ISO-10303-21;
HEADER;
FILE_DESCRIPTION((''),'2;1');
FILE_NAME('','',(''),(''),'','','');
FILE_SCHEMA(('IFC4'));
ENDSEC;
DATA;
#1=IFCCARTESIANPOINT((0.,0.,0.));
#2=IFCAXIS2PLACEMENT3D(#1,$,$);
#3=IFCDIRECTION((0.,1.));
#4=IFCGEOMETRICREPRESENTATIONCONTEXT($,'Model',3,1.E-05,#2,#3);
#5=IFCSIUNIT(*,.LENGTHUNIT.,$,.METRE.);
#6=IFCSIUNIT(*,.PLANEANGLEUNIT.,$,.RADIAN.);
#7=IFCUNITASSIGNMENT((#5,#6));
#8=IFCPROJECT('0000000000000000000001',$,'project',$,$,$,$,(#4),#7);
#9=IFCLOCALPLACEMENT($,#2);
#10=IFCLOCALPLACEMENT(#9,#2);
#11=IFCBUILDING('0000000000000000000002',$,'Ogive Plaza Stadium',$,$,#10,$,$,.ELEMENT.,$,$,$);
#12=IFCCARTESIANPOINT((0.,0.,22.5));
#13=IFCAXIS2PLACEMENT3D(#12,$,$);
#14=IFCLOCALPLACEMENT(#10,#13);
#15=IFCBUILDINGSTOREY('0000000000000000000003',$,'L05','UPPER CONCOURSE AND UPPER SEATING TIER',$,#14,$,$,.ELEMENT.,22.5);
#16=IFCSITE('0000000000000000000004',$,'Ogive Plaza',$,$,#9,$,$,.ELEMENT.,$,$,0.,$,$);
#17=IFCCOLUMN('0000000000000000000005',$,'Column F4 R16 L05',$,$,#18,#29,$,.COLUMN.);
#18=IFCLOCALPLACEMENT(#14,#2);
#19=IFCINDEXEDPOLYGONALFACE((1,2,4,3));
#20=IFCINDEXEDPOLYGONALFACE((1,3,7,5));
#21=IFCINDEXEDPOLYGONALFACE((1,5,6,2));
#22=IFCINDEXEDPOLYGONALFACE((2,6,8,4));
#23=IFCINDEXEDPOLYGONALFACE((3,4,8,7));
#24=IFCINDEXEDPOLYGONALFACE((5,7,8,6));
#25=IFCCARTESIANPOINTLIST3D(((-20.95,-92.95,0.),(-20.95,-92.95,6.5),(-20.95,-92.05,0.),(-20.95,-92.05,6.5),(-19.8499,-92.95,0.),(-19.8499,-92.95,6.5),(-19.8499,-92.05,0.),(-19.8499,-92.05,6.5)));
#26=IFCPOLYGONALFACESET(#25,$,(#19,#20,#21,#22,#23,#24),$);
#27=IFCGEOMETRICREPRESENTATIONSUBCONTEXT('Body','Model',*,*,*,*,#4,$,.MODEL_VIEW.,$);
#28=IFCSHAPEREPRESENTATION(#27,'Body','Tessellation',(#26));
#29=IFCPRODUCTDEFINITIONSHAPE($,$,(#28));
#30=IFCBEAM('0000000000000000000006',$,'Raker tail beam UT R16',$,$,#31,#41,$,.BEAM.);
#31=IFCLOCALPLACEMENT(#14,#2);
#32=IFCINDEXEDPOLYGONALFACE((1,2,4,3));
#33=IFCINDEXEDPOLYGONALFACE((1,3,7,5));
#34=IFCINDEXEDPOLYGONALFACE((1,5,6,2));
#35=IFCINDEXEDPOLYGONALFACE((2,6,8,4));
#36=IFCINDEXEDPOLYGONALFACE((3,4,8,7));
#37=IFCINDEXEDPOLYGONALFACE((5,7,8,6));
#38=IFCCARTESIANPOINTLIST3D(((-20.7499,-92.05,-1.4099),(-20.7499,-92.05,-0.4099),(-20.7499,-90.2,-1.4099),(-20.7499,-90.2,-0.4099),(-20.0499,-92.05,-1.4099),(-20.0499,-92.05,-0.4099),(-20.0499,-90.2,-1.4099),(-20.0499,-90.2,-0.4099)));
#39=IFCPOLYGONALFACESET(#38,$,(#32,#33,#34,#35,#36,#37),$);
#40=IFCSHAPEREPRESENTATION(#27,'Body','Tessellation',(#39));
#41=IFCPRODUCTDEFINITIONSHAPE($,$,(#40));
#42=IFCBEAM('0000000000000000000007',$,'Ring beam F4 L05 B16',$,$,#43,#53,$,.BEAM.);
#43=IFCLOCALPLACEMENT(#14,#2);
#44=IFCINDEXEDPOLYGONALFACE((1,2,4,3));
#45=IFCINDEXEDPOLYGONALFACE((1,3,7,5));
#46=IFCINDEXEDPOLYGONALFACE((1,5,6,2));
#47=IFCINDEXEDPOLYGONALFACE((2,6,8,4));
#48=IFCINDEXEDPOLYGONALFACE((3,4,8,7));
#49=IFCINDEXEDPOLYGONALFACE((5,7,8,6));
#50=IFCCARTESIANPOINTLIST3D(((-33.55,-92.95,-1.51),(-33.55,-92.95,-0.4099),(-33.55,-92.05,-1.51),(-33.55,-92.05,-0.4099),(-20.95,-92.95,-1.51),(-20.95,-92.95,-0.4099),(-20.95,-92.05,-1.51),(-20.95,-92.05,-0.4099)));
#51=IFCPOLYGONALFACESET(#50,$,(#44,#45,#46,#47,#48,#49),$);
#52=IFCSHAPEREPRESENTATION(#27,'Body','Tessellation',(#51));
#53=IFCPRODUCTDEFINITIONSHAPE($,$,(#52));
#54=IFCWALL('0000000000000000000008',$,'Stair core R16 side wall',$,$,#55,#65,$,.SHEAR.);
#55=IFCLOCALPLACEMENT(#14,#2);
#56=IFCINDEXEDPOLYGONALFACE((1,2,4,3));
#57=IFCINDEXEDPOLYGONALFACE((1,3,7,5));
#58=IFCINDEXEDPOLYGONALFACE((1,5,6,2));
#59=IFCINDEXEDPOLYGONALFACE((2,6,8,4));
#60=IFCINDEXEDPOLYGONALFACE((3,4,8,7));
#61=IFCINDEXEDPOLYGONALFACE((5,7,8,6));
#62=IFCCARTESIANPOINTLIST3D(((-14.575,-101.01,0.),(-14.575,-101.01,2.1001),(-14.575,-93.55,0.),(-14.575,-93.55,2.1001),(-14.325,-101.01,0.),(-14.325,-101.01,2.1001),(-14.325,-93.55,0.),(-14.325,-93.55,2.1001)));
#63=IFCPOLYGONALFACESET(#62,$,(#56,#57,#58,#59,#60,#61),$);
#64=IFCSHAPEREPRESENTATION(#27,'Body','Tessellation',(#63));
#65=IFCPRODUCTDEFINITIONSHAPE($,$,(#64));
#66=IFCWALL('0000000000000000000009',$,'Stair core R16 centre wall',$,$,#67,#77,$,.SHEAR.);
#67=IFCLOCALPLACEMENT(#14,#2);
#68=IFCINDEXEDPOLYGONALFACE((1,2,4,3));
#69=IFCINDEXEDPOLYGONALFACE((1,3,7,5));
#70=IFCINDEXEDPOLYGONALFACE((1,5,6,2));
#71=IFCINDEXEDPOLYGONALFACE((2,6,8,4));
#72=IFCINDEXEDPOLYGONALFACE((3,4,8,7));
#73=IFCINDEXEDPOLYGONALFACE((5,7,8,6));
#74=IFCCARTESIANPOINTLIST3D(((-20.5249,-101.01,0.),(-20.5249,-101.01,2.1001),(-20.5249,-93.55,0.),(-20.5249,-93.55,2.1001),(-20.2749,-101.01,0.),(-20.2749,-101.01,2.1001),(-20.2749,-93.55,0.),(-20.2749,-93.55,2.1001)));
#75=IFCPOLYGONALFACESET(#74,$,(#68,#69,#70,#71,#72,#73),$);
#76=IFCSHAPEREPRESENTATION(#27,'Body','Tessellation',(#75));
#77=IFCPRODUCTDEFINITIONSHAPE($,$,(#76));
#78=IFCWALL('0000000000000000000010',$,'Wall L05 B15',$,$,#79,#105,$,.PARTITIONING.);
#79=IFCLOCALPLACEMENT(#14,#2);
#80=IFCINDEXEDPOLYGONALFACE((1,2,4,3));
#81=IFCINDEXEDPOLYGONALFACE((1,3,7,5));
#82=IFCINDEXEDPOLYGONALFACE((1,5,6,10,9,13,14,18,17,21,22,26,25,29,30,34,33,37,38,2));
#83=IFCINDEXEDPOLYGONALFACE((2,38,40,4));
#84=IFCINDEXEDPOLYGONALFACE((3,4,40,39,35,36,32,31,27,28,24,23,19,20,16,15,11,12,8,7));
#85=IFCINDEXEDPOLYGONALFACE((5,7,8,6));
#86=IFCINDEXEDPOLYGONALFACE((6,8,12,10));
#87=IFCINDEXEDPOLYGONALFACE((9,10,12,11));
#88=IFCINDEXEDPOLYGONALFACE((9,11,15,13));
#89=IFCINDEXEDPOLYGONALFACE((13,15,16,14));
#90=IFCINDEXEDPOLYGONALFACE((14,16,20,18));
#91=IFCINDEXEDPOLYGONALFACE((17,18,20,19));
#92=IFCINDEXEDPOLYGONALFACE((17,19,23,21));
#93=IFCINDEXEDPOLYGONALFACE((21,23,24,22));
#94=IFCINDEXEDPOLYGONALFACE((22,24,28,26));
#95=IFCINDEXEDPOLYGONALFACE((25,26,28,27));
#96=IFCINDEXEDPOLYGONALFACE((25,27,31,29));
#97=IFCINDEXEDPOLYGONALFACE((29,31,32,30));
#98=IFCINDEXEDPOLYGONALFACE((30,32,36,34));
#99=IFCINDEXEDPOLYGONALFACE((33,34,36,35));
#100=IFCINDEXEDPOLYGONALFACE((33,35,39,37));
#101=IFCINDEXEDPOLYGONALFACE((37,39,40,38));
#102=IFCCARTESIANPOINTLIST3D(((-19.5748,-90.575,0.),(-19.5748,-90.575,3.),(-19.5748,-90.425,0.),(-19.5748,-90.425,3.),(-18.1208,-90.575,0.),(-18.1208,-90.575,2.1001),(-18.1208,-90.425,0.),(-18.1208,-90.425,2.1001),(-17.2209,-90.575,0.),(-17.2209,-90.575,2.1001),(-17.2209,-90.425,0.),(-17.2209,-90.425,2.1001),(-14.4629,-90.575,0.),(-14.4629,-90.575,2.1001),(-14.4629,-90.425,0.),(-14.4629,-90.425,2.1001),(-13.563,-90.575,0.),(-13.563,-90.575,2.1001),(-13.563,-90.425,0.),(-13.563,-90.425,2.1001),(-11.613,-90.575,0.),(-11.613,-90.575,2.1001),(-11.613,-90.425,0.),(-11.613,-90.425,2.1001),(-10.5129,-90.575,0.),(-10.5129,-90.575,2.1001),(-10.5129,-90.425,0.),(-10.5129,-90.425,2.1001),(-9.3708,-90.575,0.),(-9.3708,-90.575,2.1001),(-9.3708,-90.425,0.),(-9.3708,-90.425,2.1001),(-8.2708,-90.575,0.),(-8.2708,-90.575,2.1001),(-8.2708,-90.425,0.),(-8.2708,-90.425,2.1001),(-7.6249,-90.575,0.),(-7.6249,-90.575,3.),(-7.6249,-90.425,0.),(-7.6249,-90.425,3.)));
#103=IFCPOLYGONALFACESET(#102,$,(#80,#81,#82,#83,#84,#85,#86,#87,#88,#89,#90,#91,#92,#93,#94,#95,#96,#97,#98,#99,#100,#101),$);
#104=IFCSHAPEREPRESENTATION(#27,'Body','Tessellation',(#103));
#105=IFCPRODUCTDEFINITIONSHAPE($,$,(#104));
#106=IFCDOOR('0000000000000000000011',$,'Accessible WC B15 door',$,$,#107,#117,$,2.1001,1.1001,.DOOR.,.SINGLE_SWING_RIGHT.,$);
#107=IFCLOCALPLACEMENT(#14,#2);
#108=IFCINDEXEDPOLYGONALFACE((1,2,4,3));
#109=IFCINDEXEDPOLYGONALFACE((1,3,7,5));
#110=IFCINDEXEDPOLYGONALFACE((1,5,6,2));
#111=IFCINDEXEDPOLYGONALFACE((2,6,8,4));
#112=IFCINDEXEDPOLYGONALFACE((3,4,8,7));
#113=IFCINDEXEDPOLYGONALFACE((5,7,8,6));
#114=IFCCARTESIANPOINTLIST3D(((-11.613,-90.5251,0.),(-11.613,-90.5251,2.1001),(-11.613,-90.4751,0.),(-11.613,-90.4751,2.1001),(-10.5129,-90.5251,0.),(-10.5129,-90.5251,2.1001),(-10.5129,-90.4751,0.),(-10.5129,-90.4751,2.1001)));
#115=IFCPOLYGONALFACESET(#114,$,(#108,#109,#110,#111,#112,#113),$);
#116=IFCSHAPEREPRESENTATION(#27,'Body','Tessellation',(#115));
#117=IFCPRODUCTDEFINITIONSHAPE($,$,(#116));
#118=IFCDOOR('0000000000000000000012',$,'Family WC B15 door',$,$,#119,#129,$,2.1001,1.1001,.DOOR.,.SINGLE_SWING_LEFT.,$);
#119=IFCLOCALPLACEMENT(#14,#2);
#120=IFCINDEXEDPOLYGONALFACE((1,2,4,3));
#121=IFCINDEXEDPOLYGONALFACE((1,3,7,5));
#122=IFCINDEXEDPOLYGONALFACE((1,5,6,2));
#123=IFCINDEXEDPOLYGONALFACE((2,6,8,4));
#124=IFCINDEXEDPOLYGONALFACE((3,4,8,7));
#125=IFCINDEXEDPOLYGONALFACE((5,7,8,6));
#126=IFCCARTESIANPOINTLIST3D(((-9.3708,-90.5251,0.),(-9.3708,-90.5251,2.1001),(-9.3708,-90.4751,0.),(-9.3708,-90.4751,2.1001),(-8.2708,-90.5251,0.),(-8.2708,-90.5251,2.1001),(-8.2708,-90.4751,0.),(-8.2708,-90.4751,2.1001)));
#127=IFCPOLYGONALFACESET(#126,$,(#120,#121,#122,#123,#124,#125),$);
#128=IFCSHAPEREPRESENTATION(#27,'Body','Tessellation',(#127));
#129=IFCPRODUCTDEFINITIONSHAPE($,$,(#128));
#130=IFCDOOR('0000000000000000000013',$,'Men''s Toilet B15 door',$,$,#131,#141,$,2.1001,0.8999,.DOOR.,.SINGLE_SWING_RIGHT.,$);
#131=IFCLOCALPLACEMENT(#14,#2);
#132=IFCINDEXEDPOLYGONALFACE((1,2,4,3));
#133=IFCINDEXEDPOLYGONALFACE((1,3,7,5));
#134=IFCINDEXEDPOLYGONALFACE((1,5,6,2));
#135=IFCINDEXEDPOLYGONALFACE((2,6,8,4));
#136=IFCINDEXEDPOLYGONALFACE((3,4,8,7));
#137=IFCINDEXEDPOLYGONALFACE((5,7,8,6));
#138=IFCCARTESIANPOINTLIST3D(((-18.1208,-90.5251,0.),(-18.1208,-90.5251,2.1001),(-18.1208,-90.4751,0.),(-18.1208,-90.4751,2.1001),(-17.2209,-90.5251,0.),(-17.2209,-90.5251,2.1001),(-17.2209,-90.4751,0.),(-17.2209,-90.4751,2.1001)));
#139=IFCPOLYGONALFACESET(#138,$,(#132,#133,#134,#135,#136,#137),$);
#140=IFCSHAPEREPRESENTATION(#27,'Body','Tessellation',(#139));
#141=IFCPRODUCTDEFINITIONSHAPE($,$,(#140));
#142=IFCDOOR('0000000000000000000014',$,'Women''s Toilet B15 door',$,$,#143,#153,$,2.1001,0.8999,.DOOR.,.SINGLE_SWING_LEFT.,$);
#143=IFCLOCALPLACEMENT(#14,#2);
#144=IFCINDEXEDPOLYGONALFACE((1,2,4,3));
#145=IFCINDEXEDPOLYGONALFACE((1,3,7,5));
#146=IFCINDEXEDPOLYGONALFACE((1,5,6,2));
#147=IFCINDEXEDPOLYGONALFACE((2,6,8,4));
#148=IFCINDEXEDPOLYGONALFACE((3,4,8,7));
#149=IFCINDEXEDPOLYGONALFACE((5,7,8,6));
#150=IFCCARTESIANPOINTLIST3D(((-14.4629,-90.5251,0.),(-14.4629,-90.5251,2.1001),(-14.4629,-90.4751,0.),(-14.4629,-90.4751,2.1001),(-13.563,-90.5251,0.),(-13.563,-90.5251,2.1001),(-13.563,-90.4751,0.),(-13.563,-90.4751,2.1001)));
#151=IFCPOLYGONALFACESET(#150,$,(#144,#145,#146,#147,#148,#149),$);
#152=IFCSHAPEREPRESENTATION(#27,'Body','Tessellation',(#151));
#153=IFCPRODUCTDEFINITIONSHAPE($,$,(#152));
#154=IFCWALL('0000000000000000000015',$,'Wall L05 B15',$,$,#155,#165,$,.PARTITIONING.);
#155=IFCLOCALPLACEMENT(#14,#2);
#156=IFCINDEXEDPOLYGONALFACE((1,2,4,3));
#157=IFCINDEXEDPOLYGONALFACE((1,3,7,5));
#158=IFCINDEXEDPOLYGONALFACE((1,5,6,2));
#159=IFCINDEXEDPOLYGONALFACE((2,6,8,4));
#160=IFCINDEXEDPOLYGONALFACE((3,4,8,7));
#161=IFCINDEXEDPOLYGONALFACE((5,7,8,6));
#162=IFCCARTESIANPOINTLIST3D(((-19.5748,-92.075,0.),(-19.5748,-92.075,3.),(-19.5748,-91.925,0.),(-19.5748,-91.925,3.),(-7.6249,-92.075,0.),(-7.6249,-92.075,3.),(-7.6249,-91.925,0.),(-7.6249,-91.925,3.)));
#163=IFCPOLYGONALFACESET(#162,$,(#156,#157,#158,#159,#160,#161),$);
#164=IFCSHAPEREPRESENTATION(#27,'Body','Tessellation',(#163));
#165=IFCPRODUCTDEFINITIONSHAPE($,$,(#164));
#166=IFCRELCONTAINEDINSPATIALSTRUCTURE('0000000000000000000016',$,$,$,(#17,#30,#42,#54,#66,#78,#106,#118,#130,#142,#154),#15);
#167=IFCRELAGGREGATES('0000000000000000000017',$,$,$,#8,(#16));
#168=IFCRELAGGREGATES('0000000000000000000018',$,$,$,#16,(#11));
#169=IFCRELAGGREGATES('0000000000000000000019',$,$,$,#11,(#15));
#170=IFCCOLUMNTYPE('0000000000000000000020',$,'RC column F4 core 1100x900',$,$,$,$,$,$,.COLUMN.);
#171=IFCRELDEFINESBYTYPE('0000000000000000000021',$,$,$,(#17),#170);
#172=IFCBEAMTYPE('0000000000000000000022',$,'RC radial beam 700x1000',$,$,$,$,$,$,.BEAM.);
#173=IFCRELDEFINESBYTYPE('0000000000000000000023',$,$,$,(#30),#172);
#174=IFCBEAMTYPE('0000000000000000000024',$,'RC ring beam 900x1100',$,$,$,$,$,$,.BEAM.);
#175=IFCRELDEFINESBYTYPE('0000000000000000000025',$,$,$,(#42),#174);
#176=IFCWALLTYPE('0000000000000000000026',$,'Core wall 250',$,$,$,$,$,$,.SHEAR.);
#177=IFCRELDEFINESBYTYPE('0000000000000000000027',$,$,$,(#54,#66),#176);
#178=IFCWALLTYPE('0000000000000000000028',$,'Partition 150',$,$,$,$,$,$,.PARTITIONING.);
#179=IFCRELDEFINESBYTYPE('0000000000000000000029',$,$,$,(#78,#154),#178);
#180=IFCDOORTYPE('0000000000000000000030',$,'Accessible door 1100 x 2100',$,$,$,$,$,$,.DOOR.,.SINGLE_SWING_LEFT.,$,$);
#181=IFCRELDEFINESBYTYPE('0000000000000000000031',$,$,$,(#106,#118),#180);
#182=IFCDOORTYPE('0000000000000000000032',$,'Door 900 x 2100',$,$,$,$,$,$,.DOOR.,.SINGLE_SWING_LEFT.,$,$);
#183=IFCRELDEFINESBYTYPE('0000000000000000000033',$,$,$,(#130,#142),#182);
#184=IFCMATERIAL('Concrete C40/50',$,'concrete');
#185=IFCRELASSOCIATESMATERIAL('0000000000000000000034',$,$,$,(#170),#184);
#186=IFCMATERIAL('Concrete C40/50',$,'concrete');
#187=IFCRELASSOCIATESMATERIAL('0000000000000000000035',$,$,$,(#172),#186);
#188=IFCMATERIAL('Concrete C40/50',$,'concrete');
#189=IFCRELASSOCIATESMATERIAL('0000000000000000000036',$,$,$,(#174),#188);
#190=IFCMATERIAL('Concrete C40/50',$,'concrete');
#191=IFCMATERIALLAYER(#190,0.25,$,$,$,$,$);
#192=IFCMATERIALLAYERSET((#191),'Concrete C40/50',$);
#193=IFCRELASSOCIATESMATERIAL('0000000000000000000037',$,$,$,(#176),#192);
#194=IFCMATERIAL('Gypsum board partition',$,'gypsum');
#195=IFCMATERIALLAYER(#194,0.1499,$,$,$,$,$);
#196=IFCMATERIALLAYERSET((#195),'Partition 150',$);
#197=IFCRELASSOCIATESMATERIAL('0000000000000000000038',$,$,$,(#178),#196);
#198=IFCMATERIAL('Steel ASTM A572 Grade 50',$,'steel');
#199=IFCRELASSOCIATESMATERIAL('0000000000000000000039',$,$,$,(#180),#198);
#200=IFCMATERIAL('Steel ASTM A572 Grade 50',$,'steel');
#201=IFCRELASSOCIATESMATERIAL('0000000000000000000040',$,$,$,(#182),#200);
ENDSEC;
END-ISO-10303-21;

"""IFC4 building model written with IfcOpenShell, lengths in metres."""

from ifc_helpers import new_model, si_unit, direction, frame, frame_2d, origin, origin_2d, place, context, subcontext, project, spatial, rectangle, extrude, material, layer, layer_set, material_profile, profile_set, type_object, element, fill, save


model = new_model("IFC4")

# Units and contexts
model_context = context("Model", 3, precision=1e-05, world=origin(), true_north=direction((0.0, 1.0)))
body_context = subcontext(model_context, "Body", "Model", "MODEL_VIEW")
ifc_project = project(units=[si_unit("LENGTHUNIT", "METRE"), si_unit("PLANEANGLEUNIT", "RADIAN")], contexts=[model_context])

# Site, building, storey
site_placement = place(None, origin())
site = spatial("IfcSite", under=ifc_project, at=site_placement, Name="Ogive Plaza", CompositionType="ELEMENT", RefElevation=0.0)
building_placement = place(site_placement, origin())
building = spatial("IfcBuilding", under=site, at=building_placement, Name="Ogive Plaza Stadium", CompositionType="ELEMENT")
storey_placement = place(building_placement, frame((0.0, 0.0, 22.5)))
storey = spatial("IfcBuildingStorey", under=building, at=storey_placement, Name="L05", Description="UPPER CONCOURSE AND UPPER SEATING TIER", CompositionType="ELEMENT", Elevation=22.5)

# Column
ifc_material_1 = material(Name="Concrete C40/50", Category="concrete")
ifc_material_profile_1 = material_profile(ifc_material_1, rectangle(XDim=1.1001, YDim=0.8999, at=origin_2d()), Name="RC 1100x900")
ifc_profile_set_1 = profile_set([ifc_material_profile_1], Name="Concrete C40/50")
column_type = type_object("IfcColumnType", Name="RC column F4 core 1100x900", PredefinedType="COLUMN", material=ifc_profile_set_1)
column_placement = place(storey_placement, frame((-20.3999, -92.5, 0.0), z_axis=(0.0, 0.0, 1.0), x_axis=(1.0, 0.0, 0.0)))
element("IfcColumn", 1, at=column_placement, inside=storey, type_object=column_type, Name="Column F4 R16 L05", PredefinedType="COLUMN", context=body_context, shape_type="SweptSolid", body=[
    extrude(rectangle(XDim=1.1001, YDim=0.8999, at=origin_2d()), origin(), (0.0, 0.0, 1.0), 6.5),
])

# Beams
ifc_material_2 = material(Name="Concrete C40/50", Category="concrete")
ifc_material_profile_2 = material_profile(ifc_material_2, rectangle(XDim=0.7, YDim=1.0, at=origin_2d()), Name="RC 700x1000")
ifc_profile_set_2 = profile_set([ifc_material_profile_2], Name="Concrete C40/50")
beam_type_1 = type_object("IfcBeamType", Name="RC radial beam 700x1000", PredefinedType="BEAM", material=ifc_profile_set_2)
beam_1_placement = place(storey_placement, frame((-20.3999, -90.2, -0.9099), z_axis=(0.0, -1.0, 0.0), x_axis=(1.0, 0.0, 0.0)))
element("IfcBeam", 2, at=beam_1_placement, inside=storey, type_object=beam_type_1, Name="Raker tail beam UT R16", PredefinedType="BEAM", context=body_context, shape_type="SweptSolid", body=[
    extrude(rectangle(XDim=0.7, YDim=1.0, at=origin_2d()), origin(), (0.0, 0.0, 1.0), 1.8501),
])
ifc_material_3 = material(Name="Concrete C40/50", Category="concrete")
ifc_material_profile_3 = material_profile(ifc_material_3, rectangle(XDim=0.8999, YDim=1.1001, at=origin_2d()), Name="RC 900x1100")
ifc_profile_set_3 = profile_set([ifc_material_profile_3], Name="Concrete C40/50")
beam_type_2 = type_object("IfcBeamType", Name="RC ring beam 900x1100", PredefinedType="BEAM", material=ifc_profile_set_3)
beam_2_placement = place(storey_placement, frame((-20.95, -92.5, -0.96), z_axis=(-1.0, 0.0, 0.0), x_axis=(0.0, -1.0, 0.0)))
element("IfcBeam", 3, at=beam_2_placement, inside=storey, type_object=beam_type_2, Name="Ring beam F4 L05 B16", PredefinedType="BEAM", context=body_context, shape_type="SweptSolid", body=[
    extrude(rectangle(XDim=0.8999, YDim=1.1001, at=origin_2d()), origin(), (0.0, 0.0, 1.0), 12.6001),
])

# Walls
ifc_material_4 = material(Name="Concrete C40/50", Category="concrete")
ifc_layer_1 = layer(ifc_material_4, 0.25)
ifc_layer_set_1 = layer_set([ifc_layer_1], Name="Concrete C40/50")
wall_type_1 = type_object("IfcWallType", Name="Core wall 250", PredefinedType="SHEAR", material=ifc_layer_set_1)
for number, where, z_axis, x_axis, name in (
    (4, (-14.45, -93.55, 0.0), (0.0, 0.0, 1.0), (0.0, -1.0, 0.0), "Stair core R16 side wall"),
    (5, (-20.3999, -93.55, 0.0), (0.0, 0.0, 1.0), (0.0, -1.0, 0.0), "Stair core R16 centre wall"),
):
    element("IfcWall", number, at=place(storey_placement, frame(where, z_axis=z_axis, x_axis=x_axis)), inside=storey, type_object=wall_type_1, Name=name, PredefinedType="SHEAR", context=body_context, shape_type="SweptSolid", body=[
        extrude(rectangle(XDim=7.46, YDim=0.25, at=frame_2d((3.73, 0.0))), origin(), (0.0, 0.0, 1.0), 2.1001),
    ])

# Wall, openings, doors
ifc_material_5 = material(Name="Gypsum board partition", Category="gypsum")
ifc_layer_2 = layer(ifc_material_5, 0.1499)
ifc_layer_set_2 = layer_set([ifc_layer_2], Name="Partition 150")
wall_type_2 = type_object("IfcWallType", Name="Partition 150", PredefinedType="PARTITIONING", material=ifc_layer_set_2)
wall_1_placement = place(storey_placement, frame((-19.575, -90.5, 0.0), z_axis=(0.0, 0.0, 1.0), x_axis=(1.0, 0.0, 0.0)))
wall_1 = element("IfcWall", 6, at=wall_1_placement, inside=storey, type_object=wall_type_2, Name="Wall L05 B15", PredefinedType="PARTITIONING", context=body_context, shape_type="SweptSolid", body=[
    extrude(rectangle(XDim=11.95, YDim=0.1499, at=frame_2d((5.9751, 0.0))), origin(), (0.0, 0.0, 1.0), 3.0),
])
opening_1_placement = place(wall_1_placement, frame((1.4541, 0.0, 0.0)))
opening_1 = element("IfcOpeningElement", 7, at=opening_1_placement, cuts=wall_1, PredefinedType="OPENING", context=body_context, shape_type="SweptSolid", body=[
    extrude(rectangle(XDim=0.8999, YDim=2.1001, at=frame_2d((0.45, 1.05))), frame((0.0, 0.075, 0.0), z_axis=(0.0, -1.0, 0.0), x_axis=(1.0, 0.0, 0.0)), (0.0, 0.0, 1.0), 0.1499),
])
opening_2_placement = place(wall_1_placement, frame((5.1121, 0.0, 0.0)))
opening_2 = element("IfcOpeningElement", 8, at=opening_2_placement, cuts=wall_1, PredefinedType="OPENING", context=body_context, shape_type="SweptSolid", body=[
    extrude(rectangle(XDim=0.8999, YDim=2.1001, at=frame_2d((0.45, 1.05))), frame((0.0, 0.075, 0.0), z_axis=(0.0, -1.0, 0.0), x_axis=(1.0, 0.0, 0.0)), (0.0, 0.0, 1.0), 0.1499),
])
opening_3_placement = place(wall_1_placement, frame((7.9619, 0.0, 0.0)))
opening_3 = element("IfcOpeningElement", 9, at=opening_3_placement, cuts=wall_1, PredefinedType="OPENING", context=body_context, shape_type="SweptSolid", body=[
    extrude(rectangle(XDim=1.1001, YDim=2.1001, at=frame_2d((0.55, 1.05))), frame((0.0, 0.075, 0.0), z_axis=(0.0, -1.0, 0.0), x_axis=(1.0, 0.0, 0.0)), (0.0, 0.0, 1.0), 0.1499),
])
opening_4_placement = place(wall_1_placement, frame((10.2041, 0.0, 0.0)))
opening_4 = element("IfcOpeningElement", 10, at=opening_4_placement, cuts=wall_1, PredefinedType="OPENING", context=body_context, shape_type="SweptSolid", body=[
    extrude(rectangle(XDim=1.1001, YDim=2.1001, at=frame_2d((0.55, 1.05))), frame((0.0, 0.075, 0.0), z_axis=(0.0, -1.0, 0.0), x_axis=(1.0, 0.0, 0.0)), (0.0, 0.0, 1.0), 0.1499),
])
ifc_material_6 = material(Name="Steel ASTM A572 Grade 50", Category="steel")
door_type_1 = type_object("IfcDoorType", Name="Accessible door 1100 x 2100", OperationType="SINGLE_SWING_LEFT", PredefinedType="DOOR", material=ifc_material_6)
door_1_placement = place(opening_3_placement, origin())
door_1 = element("IfcDoor", 11, at=door_1_placement, inside=storey, type_object=door_type_1, Name="Accessible WC B15 door", OperationType="SINGLE_SWING_RIGHT", OverallHeight=2.1001, OverallWidth=1.1001, PredefinedType="DOOR", context=body_context, shape_type="SweptSolid", body=[
    extrude(rectangle(XDim=1.1001, YDim=2.1001, at=frame_2d((0.55, 1.05))), frame((0.0, 0.0249, 0.0), z_axis=(0.0, -1.0, 0.0), x_axis=(1.0, 0.0, 0.0)), (0.0, 0.0, 1.0), 0.05),
])
fill(opening_3, door_1)
door_2_placement = place(opening_4_placement, origin())
door_2 = element("IfcDoor", 12, at=door_2_placement, inside=storey, type_object=door_type_1, Name="Family WC B15 door", OperationType="SINGLE_SWING_LEFT", OverallHeight=2.1001, OverallWidth=1.1001, PredefinedType="DOOR", context=body_context, shape_type="SweptSolid", body=[
    extrude(rectangle(XDim=1.1001, YDim=2.1001, at=frame_2d((0.55, 1.05))), frame((0.0, 0.0249, 0.0), z_axis=(0.0, -1.0, 0.0), x_axis=(1.0, 0.0, 0.0)), (0.0, 0.0, 1.0), 0.05),
])
fill(opening_4, door_2)
ifc_material_7 = material(Name="Steel ASTM A572 Grade 50", Category="steel")
door_type_2 = type_object("IfcDoorType", Name="Door 900 x 2100", OperationType="SINGLE_SWING_LEFT", PredefinedType="DOOR", material=ifc_material_7)
door_3_placement = place(opening_1_placement, origin())
door_3 = element("IfcDoor", 13, at=door_3_placement, inside=storey, type_object=door_type_2, Name="Men's Toilet B15 door", OperationType="SINGLE_SWING_RIGHT", OverallHeight=2.1001, OverallWidth=0.8999, PredefinedType="DOOR", context=body_context, shape_type="SweptSolid", body=[
    extrude(rectangle(XDim=0.8999, YDim=2.1001, at=frame_2d((0.45, 1.05))), frame((0.0, 0.0249, 0.0), z_axis=(0.0, -1.0, 0.0), x_axis=(1.0, 0.0, 0.0)), (0.0, 0.0, 1.0), 0.05),
])
fill(opening_1, door_3)
door_4_placement = place(opening_2_placement, origin())
door_4 = element("IfcDoor", 14, at=door_4_placement, inside=storey, type_object=door_type_2, Name="Women's Toilet B15 door", OperationType="SINGLE_SWING_LEFT", OverallHeight=2.1001, OverallWidth=0.8999, PredefinedType="DOOR", context=body_context, shape_type="SweptSolid", body=[
    extrude(rectangle(XDim=0.8999, YDim=2.1001, at=frame_2d((0.45, 1.05))), frame((0.0, 0.0249, 0.0), z_axis=(0.0, -1.0, 0.0), x_axis=(1.0, 0.0, 0.0)), (0.0, 0.0, 1.0), 0.05),
])
fill(opening_2, door_4)

# Wall
wall_2_placement = place(storey_placement, frame((-19.575, -92.0, 0.0), z_axis=(0.0, 0.0, 1.0), x_axis=(1.0, 0.0, 0.0)))
element("IfcWall", 15, at=wall_2_placement, inside=storey, type_object=wall_type_2, Name="Wall L05 B15", PredefinedType="PARTITIONING", context=body_context, shape_type="SweptSolid", body=[
    extrude(rectangle(XDim=11.95, YDim=0.1499, at=frame_2d((5.9751, 0.0))), origin(), (0.0, 0.0, 1.0), 3.0),
])

save(model, "model.ifc")
